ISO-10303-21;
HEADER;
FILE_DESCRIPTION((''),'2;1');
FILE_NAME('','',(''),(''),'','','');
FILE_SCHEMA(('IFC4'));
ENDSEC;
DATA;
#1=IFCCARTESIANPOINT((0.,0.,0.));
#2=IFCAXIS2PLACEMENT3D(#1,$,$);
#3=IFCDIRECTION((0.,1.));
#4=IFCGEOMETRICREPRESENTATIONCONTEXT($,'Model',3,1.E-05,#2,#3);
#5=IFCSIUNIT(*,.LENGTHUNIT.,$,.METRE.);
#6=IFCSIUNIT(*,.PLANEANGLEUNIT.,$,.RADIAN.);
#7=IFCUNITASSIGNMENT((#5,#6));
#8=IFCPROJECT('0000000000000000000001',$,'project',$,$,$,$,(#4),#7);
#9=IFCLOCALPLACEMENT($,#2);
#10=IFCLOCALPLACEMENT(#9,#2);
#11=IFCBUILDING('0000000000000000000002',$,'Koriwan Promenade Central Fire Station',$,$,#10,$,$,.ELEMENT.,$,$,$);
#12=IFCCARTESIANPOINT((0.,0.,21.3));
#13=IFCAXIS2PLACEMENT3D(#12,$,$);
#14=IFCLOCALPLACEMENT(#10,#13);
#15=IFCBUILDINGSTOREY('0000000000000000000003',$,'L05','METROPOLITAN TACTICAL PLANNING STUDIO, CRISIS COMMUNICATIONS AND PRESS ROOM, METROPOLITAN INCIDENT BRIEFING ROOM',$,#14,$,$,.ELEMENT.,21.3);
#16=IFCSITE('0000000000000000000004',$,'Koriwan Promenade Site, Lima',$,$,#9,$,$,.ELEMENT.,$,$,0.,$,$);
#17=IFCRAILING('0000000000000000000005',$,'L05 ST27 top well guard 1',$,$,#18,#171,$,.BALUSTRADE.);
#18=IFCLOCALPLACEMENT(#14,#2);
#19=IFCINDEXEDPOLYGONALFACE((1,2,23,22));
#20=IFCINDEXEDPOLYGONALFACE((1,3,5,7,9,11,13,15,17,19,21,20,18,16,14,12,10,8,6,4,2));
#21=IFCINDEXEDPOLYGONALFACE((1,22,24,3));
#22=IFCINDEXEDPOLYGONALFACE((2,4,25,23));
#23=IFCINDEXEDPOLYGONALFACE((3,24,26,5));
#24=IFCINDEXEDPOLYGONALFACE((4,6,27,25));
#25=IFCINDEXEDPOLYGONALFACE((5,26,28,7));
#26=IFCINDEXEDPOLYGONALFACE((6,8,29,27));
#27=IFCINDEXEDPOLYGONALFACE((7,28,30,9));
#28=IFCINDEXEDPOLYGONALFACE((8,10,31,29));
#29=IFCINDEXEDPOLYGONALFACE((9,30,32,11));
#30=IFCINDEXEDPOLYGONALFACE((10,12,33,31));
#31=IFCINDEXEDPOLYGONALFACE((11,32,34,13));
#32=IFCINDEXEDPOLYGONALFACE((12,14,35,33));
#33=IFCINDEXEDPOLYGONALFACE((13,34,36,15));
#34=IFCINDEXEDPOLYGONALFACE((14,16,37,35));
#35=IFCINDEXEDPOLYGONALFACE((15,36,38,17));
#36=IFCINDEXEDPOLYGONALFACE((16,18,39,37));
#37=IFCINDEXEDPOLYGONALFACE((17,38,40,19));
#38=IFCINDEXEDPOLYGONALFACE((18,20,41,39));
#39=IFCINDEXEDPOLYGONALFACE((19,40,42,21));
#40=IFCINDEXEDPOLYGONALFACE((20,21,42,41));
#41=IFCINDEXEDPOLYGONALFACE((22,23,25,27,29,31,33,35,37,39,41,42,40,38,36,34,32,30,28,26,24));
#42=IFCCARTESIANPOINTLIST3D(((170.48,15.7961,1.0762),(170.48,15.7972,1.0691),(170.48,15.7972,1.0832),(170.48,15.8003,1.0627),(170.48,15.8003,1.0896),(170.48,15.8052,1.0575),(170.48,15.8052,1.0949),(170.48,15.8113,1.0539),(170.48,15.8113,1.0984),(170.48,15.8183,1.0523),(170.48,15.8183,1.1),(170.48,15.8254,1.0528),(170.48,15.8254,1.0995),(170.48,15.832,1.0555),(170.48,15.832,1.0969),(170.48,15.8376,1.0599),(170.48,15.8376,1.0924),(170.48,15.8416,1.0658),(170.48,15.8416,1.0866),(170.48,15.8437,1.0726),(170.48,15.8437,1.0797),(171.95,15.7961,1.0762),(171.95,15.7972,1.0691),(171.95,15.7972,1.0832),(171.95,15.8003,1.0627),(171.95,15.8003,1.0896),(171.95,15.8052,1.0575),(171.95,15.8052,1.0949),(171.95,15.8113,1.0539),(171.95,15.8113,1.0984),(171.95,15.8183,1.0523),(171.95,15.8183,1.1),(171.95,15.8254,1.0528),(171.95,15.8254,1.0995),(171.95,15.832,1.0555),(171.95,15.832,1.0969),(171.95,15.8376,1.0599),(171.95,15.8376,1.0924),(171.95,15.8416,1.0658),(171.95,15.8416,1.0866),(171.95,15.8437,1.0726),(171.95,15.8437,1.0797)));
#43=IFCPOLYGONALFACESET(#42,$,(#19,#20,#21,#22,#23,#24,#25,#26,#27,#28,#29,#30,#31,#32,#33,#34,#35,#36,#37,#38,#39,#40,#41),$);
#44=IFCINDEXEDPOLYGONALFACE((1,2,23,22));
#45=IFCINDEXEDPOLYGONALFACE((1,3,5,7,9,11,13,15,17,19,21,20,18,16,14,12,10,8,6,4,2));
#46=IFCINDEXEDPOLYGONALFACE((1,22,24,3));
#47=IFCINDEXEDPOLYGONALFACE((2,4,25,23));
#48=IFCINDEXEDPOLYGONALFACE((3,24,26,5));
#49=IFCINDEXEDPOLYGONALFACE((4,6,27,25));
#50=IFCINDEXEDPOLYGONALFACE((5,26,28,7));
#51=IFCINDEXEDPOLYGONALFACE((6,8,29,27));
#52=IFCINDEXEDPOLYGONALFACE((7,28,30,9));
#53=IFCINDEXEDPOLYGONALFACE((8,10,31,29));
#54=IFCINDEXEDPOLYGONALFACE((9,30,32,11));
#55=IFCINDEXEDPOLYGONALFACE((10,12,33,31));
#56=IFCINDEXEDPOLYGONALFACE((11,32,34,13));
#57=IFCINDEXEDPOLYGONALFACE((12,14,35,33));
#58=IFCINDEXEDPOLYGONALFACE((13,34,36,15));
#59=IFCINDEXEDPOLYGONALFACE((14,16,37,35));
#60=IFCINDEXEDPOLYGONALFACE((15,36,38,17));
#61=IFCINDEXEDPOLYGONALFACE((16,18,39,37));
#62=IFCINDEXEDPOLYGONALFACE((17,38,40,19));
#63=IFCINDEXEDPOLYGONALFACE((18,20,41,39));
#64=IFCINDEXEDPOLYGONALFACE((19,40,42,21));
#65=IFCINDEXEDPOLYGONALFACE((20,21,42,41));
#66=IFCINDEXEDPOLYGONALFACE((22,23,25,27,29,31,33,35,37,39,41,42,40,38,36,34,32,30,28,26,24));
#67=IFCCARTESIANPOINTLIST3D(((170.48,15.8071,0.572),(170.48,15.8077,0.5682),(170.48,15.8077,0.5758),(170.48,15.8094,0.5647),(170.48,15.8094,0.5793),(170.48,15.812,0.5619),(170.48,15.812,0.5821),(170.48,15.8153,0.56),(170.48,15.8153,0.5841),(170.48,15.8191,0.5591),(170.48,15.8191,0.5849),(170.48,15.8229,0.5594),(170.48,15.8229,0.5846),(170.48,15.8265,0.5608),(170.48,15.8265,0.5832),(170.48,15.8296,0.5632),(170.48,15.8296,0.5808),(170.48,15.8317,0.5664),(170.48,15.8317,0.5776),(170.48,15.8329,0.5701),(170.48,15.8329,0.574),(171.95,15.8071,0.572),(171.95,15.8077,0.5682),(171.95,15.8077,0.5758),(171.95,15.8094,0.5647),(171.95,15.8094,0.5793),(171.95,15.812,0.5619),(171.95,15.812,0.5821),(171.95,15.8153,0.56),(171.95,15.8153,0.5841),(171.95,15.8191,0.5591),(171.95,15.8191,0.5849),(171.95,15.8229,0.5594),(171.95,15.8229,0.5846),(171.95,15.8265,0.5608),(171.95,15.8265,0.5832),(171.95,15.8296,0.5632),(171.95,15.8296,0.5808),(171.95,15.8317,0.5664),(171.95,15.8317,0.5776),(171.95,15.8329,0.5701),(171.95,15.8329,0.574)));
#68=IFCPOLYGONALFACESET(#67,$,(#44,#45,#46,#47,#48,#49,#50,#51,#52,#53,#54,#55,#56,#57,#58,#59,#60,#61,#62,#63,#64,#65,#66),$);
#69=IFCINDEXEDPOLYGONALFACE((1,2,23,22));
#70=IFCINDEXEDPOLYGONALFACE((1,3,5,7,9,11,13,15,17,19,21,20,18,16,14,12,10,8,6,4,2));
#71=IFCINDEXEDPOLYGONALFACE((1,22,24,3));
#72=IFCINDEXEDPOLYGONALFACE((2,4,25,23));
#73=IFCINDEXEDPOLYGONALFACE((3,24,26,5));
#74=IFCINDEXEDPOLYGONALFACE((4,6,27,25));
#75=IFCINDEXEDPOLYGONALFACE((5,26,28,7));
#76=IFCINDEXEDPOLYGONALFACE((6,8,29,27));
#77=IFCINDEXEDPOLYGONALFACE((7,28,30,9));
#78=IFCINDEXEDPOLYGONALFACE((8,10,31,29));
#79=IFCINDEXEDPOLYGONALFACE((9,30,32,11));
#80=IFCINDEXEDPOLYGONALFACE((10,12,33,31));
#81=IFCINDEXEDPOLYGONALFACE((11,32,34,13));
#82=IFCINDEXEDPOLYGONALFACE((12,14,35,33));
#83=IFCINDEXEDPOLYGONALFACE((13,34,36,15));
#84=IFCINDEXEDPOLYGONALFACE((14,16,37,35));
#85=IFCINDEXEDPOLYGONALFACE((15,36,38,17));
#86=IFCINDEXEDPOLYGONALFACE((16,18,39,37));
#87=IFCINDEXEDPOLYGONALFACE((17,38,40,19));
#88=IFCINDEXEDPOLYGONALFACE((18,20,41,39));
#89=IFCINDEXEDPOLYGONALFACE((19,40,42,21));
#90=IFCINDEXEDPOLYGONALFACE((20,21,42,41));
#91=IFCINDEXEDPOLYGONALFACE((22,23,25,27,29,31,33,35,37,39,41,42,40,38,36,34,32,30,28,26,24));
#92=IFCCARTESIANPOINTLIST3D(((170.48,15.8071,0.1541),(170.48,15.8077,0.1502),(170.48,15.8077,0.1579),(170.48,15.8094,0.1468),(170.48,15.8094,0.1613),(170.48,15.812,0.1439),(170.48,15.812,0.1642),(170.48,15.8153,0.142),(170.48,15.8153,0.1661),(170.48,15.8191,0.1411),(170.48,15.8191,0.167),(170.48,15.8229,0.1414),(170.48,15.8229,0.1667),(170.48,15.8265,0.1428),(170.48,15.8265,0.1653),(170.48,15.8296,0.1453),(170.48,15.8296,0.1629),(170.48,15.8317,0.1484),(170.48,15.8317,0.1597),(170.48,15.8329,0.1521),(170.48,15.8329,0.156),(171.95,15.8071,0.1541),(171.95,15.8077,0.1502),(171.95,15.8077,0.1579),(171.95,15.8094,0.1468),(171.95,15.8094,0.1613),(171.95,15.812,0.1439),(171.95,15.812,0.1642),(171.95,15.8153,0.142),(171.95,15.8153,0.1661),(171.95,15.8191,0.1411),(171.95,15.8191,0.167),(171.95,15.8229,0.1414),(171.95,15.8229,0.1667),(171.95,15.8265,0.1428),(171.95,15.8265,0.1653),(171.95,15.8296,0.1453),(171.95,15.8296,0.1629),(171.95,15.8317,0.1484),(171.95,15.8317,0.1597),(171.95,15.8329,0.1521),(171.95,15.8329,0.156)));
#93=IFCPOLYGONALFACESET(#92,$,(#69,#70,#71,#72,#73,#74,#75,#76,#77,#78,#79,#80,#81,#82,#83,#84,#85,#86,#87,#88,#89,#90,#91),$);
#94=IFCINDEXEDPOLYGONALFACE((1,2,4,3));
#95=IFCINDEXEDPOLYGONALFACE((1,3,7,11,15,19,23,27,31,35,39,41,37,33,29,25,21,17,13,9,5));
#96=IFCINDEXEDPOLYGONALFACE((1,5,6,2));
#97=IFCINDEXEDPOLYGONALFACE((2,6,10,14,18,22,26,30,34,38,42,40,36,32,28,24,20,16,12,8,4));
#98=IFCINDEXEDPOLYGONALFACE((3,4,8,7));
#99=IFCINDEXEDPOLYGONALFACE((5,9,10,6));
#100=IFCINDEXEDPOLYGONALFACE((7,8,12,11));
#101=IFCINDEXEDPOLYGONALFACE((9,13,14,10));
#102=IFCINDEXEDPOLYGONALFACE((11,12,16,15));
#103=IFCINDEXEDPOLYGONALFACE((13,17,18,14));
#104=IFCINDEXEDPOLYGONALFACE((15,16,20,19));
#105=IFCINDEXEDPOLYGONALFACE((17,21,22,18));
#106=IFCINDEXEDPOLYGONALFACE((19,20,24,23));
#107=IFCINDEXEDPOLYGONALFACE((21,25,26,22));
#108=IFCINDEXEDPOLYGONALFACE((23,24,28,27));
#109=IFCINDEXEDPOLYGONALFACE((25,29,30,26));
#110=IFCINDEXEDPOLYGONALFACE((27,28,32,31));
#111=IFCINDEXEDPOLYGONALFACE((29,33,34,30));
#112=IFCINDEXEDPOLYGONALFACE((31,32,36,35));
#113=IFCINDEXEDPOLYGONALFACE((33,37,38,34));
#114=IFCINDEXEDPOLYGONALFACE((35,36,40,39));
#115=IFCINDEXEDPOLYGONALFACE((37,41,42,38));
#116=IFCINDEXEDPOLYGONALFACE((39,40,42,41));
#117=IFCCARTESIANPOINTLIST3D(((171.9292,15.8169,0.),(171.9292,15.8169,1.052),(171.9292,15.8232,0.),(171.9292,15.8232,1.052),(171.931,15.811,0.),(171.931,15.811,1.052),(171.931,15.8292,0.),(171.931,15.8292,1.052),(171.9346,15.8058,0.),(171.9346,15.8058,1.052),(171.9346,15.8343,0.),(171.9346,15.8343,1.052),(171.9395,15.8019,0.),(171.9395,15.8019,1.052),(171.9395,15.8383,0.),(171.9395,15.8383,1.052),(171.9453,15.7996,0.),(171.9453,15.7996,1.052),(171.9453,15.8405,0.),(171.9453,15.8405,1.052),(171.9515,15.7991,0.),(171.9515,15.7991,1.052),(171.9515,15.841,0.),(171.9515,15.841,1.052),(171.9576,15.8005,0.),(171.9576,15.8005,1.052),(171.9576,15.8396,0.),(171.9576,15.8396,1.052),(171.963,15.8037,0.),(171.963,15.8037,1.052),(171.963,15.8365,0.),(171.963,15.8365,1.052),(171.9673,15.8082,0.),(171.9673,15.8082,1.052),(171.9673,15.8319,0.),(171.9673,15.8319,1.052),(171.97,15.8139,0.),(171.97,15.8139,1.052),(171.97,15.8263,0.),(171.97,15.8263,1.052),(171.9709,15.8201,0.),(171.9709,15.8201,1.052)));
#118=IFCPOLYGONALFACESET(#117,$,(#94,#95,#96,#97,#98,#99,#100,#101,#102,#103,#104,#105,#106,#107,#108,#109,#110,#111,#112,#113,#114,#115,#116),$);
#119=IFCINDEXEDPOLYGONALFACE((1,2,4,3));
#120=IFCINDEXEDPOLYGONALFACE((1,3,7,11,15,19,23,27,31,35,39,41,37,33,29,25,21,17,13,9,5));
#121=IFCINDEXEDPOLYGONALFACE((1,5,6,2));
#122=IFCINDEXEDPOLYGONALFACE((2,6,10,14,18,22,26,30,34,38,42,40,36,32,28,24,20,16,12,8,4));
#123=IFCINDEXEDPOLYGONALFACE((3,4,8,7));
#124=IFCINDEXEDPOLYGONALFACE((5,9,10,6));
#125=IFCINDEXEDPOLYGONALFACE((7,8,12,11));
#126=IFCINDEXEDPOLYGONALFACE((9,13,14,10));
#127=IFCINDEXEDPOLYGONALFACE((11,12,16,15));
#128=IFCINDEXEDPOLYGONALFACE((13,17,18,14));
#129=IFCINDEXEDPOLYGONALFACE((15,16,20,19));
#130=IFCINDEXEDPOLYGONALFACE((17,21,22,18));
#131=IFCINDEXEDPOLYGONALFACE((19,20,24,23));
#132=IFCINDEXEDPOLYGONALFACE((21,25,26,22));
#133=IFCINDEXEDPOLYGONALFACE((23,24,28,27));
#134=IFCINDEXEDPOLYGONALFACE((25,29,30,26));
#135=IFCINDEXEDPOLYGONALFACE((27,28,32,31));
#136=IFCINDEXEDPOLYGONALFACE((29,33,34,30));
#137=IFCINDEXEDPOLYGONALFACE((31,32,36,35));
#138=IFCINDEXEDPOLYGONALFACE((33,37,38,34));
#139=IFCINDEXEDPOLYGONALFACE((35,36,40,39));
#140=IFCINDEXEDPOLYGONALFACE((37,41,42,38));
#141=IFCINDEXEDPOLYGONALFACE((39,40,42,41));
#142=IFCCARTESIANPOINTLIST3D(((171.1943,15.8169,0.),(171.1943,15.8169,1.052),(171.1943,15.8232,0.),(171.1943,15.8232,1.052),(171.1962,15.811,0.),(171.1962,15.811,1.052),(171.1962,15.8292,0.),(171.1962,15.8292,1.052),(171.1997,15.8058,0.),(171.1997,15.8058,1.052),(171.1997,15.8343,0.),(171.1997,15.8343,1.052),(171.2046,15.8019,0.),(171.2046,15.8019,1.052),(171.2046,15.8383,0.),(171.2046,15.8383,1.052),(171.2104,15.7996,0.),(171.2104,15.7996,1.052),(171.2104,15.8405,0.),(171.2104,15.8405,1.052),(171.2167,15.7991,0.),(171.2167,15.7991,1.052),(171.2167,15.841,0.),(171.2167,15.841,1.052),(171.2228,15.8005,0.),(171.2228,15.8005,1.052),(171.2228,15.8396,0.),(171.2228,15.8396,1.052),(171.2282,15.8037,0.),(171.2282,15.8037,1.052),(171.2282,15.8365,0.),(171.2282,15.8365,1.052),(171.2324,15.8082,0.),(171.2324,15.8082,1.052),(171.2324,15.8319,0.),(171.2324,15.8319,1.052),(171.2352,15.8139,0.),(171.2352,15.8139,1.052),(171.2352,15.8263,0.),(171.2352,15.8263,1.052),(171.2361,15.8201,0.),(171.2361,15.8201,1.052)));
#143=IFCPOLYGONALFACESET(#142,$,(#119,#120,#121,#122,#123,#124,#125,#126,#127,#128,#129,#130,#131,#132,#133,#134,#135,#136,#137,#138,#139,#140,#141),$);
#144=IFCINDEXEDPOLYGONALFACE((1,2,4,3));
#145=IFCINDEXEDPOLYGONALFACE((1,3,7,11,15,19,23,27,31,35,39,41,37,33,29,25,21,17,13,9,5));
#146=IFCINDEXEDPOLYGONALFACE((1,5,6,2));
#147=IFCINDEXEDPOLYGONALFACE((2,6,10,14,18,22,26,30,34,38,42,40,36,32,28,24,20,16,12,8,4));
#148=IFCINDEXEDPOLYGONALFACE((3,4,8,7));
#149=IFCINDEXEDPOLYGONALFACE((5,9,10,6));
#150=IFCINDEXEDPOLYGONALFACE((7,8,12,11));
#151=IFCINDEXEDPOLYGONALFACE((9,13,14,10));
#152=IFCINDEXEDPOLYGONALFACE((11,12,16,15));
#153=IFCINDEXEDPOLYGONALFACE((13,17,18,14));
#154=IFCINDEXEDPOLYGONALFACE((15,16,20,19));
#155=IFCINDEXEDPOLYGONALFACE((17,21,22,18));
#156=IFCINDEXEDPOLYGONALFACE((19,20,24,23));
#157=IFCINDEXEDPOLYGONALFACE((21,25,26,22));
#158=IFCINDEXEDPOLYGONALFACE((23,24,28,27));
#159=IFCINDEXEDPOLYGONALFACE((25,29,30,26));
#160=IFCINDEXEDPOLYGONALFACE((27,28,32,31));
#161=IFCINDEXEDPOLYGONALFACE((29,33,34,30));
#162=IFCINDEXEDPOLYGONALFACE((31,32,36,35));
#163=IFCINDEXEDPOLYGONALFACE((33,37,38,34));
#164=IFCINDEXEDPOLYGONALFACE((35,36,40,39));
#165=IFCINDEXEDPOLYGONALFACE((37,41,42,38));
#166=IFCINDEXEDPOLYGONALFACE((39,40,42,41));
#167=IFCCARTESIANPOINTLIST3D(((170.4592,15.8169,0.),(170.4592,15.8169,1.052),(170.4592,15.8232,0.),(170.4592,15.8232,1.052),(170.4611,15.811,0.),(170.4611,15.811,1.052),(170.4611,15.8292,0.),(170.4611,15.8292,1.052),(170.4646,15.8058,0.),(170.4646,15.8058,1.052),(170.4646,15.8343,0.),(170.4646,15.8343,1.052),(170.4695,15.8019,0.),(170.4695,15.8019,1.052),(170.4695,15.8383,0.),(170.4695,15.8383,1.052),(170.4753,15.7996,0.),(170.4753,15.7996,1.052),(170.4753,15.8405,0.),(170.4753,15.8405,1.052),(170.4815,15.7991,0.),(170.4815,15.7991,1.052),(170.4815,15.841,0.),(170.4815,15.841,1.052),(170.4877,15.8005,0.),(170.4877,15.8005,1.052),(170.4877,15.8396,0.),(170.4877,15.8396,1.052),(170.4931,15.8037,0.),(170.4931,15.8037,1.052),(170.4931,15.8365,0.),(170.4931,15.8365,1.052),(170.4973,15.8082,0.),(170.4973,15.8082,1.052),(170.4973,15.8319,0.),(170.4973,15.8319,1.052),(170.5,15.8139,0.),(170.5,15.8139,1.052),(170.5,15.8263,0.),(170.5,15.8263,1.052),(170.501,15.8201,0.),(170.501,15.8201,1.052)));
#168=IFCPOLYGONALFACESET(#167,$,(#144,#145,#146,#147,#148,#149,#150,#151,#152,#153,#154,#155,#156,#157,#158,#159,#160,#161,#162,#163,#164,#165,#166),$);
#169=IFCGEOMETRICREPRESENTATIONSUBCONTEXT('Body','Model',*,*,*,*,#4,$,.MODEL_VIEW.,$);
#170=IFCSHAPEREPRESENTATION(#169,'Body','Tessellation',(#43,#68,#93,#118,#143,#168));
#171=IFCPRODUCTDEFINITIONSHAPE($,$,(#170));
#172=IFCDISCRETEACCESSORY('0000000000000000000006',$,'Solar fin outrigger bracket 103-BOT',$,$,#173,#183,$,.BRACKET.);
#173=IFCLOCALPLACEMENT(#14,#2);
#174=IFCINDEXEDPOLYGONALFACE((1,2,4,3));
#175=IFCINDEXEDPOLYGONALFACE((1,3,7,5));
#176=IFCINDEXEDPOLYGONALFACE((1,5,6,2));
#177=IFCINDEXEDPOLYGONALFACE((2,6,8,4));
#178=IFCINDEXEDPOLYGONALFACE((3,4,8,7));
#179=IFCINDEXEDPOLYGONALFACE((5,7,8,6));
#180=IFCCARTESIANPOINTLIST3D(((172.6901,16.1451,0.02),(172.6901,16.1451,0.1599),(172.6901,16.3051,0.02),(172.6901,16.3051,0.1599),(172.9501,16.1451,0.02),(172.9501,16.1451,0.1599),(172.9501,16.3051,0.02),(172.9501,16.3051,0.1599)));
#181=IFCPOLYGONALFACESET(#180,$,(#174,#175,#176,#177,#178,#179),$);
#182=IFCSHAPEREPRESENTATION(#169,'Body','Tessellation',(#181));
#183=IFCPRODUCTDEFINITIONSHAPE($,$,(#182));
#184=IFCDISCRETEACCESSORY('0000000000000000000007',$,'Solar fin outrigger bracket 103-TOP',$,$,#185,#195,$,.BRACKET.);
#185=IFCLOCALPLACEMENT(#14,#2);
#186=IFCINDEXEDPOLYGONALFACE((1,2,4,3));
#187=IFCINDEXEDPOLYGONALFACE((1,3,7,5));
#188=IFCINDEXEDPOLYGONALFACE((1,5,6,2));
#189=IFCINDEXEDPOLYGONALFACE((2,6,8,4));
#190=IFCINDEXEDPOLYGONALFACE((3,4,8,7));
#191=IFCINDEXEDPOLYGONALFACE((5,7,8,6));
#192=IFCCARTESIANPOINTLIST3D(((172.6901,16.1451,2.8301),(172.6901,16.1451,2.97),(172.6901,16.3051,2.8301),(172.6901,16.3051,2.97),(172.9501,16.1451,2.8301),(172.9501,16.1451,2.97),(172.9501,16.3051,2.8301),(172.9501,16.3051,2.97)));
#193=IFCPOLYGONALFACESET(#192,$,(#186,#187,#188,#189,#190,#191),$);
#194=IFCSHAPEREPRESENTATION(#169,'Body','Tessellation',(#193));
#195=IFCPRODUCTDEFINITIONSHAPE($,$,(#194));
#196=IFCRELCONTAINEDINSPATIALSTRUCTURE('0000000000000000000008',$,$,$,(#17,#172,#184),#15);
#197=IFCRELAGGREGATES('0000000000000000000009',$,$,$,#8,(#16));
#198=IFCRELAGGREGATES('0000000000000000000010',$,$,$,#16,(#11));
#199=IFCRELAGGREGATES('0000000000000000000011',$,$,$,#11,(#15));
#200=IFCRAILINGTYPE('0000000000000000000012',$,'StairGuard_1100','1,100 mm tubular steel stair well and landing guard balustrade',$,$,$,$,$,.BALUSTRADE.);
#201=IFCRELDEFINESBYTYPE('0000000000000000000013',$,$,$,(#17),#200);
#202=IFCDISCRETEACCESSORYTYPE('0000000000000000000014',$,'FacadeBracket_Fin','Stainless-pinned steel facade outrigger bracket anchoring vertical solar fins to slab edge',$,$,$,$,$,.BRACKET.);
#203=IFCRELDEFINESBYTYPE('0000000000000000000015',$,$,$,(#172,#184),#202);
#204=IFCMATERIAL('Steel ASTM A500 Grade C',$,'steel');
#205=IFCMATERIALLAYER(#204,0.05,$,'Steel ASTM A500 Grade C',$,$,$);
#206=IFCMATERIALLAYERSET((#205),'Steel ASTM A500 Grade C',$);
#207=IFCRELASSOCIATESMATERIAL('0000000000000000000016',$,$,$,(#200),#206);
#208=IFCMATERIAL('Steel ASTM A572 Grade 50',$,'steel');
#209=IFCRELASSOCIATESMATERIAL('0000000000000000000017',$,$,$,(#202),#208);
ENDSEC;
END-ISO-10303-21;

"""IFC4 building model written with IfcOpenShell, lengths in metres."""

from ifc_helpers import new_model, si_unit, direction, frame, origin, origin_2d, place, context, subcontext, project, spatial, rectangle, circle, extrude, material, layer, layer_set, type_object, element, save


model = new_model("IFC4")

# Units and contexts
model_context = context("Model", 3, precision=1e-05, world=origin(), true_north=direction((0.0, 1.0)))
body_context = subcontext(model_context, "Body", "Model", "MODEL_VIEW")
ifc_project = project(units=[si_unit("LENGTHUNIT", "METRE"), si_unit("PLANEANGLEUNIT", "RADIAN")], contexts=[model_context])

# Site, building, storey
site_placement = place(None, origin())
site = spatial("IfcSite", under=ifc_project, at=site_placement, Name="Koriwan Promenade Site, Lima", CompositionType="ELEMENT", RefElevation=0.0)
building_placement = place(site_placement, origin())
building = spatial("IfcBuilding", under=site, at=building_placement, Name="Koriwan Promenade Central Fire Station", CompositionType="ELEMENT")
storey_placement = place(building_placement, frame((0.0, 0.0, 21.3)))
storey = spatial("IfcBuildingStorey", under=building, at=storey_placement, Name="L05", Description="METROPOLITAN TACTICAL PLANNING STUDIO, CRISIS COMMUNICATIONS AND PRESS ROOM, METROPOLITAN INCIDENT BRIEFING ROOM", CompositionType="ELEMENT", Elevation=21.3)

# Railing
ifc_material_1 = material(Name="Steel ASTM A500 Grade C", Category="steel")
ifc_layer_1 = layer(ifc_material_1, 0.05, Name="Steel ASTM A500 Grade C")
ifc_layer_set_1 = layer_set([ifc_layer_1], Name="Steel ASTM A500 Grade C")
railing_type = type_object("IfcRailingType", Name="StairGuard_1100", Description="1,100 mm tubular steel stair well and landing guard balustrade", PredefinedType="BALUSTRADE", material=ifc_layer_set_1)
railing_placement = place(storey_placement, frame((171.95, 15.8201, 0.0)))
element("IfcRailing", 1, at=railing_placement, inside=storey, type_object=railing_type, Name="L05 ST27 top well guard 1", PredefinedType="BALUSTRADE", context=body_context, shape_type="SweptSolid", body=[
    extrude(circle(Radius=0.0239, at=origin_2d()), frame((0.0, 0.0, 1.0762), z_axis=(-1.0, 0.0, 0.0), x_axis=(0.0, -1.0, 0.0)), (0.0, 0.0, 1.0), 1.47),
    extrude(circle(Radius=0.0129, at=origin_2d()), frame((0.0, 0.0, 0.572), z_axis=(-1.0, 0.0, 0.0), x_axis=(0.0, -1.0, 0.0)), (0.0, 0.0, 1.0), 1.47),
    extrude(circle(Radius=0.0129, at=origin_2d()), frame((0.0, 0.0, 0.1541), z_axis=(-1.0, 0.0, 0.0), x_axis=(0.0, -1.0, 0.0)), (0.0, 0.0, 1.0), 1.47),
    extrude(circle(Radius=0.021, at=origin_2d()), origin(), (0.0, 0.0, 1.0), 1.052),
    extrude(circle(Radius=0.021, at=origin_2d()), frame((-0.7349, 0.0, 0.0)), (0.0, 0.0, 1.0), 1.052),
    extrude(circle(Radius=0.021, at=origin_2d()), frame((-1.47, 0.0, 0.0)), (0.0, 0.0, 1.0), 1.052),
])

# Discrete accessories
ifc_material_2 = material(Name="Steel ASTM A572 Grade 50", Category="steel")
discrete_accessory_type = type_object("IfcDiscreteAccessoryType", Name="FacadeBracket_Fin", Description="Stainless-pinned steel facade outrigger bracket anchoring vertical solar fins to slab edge", PredefinedType="BRACKET", material=ifc_material_2)
for number, where, z_axis, x_axis, name in (
    (2, (172.8201, 16.2251, 0.02), (0.0, 0.0, 1.0), (1.0, 0.0, 0.0), "Solar fin outrigger bracket 103-BOT"),
    (3, (172.8201, 16.2251, 2.8301), (0.0, 0.0, 1.0), (1.0, 0.0, 0.0), "Solar fin outrigger bracket 103-TOP"),
):
    element("IfcDiscreteAccessory", number, at=place(storey_placement, frame(where, z_axis=z_axis, x_axis=x_axis)), inside=storey, type_object=discrete_accessory_type, Name=name, PredefinedType="BRACKET", context=body_context, shape_type="SweptSolid", body=[
        extrude(rectangle(XDim=0.26, YDim=0.1599, at=origin_2d()), origin(), (0.0, 0.0, 1.0), 0.1399),
    ])

save(model, "model.ifc")
